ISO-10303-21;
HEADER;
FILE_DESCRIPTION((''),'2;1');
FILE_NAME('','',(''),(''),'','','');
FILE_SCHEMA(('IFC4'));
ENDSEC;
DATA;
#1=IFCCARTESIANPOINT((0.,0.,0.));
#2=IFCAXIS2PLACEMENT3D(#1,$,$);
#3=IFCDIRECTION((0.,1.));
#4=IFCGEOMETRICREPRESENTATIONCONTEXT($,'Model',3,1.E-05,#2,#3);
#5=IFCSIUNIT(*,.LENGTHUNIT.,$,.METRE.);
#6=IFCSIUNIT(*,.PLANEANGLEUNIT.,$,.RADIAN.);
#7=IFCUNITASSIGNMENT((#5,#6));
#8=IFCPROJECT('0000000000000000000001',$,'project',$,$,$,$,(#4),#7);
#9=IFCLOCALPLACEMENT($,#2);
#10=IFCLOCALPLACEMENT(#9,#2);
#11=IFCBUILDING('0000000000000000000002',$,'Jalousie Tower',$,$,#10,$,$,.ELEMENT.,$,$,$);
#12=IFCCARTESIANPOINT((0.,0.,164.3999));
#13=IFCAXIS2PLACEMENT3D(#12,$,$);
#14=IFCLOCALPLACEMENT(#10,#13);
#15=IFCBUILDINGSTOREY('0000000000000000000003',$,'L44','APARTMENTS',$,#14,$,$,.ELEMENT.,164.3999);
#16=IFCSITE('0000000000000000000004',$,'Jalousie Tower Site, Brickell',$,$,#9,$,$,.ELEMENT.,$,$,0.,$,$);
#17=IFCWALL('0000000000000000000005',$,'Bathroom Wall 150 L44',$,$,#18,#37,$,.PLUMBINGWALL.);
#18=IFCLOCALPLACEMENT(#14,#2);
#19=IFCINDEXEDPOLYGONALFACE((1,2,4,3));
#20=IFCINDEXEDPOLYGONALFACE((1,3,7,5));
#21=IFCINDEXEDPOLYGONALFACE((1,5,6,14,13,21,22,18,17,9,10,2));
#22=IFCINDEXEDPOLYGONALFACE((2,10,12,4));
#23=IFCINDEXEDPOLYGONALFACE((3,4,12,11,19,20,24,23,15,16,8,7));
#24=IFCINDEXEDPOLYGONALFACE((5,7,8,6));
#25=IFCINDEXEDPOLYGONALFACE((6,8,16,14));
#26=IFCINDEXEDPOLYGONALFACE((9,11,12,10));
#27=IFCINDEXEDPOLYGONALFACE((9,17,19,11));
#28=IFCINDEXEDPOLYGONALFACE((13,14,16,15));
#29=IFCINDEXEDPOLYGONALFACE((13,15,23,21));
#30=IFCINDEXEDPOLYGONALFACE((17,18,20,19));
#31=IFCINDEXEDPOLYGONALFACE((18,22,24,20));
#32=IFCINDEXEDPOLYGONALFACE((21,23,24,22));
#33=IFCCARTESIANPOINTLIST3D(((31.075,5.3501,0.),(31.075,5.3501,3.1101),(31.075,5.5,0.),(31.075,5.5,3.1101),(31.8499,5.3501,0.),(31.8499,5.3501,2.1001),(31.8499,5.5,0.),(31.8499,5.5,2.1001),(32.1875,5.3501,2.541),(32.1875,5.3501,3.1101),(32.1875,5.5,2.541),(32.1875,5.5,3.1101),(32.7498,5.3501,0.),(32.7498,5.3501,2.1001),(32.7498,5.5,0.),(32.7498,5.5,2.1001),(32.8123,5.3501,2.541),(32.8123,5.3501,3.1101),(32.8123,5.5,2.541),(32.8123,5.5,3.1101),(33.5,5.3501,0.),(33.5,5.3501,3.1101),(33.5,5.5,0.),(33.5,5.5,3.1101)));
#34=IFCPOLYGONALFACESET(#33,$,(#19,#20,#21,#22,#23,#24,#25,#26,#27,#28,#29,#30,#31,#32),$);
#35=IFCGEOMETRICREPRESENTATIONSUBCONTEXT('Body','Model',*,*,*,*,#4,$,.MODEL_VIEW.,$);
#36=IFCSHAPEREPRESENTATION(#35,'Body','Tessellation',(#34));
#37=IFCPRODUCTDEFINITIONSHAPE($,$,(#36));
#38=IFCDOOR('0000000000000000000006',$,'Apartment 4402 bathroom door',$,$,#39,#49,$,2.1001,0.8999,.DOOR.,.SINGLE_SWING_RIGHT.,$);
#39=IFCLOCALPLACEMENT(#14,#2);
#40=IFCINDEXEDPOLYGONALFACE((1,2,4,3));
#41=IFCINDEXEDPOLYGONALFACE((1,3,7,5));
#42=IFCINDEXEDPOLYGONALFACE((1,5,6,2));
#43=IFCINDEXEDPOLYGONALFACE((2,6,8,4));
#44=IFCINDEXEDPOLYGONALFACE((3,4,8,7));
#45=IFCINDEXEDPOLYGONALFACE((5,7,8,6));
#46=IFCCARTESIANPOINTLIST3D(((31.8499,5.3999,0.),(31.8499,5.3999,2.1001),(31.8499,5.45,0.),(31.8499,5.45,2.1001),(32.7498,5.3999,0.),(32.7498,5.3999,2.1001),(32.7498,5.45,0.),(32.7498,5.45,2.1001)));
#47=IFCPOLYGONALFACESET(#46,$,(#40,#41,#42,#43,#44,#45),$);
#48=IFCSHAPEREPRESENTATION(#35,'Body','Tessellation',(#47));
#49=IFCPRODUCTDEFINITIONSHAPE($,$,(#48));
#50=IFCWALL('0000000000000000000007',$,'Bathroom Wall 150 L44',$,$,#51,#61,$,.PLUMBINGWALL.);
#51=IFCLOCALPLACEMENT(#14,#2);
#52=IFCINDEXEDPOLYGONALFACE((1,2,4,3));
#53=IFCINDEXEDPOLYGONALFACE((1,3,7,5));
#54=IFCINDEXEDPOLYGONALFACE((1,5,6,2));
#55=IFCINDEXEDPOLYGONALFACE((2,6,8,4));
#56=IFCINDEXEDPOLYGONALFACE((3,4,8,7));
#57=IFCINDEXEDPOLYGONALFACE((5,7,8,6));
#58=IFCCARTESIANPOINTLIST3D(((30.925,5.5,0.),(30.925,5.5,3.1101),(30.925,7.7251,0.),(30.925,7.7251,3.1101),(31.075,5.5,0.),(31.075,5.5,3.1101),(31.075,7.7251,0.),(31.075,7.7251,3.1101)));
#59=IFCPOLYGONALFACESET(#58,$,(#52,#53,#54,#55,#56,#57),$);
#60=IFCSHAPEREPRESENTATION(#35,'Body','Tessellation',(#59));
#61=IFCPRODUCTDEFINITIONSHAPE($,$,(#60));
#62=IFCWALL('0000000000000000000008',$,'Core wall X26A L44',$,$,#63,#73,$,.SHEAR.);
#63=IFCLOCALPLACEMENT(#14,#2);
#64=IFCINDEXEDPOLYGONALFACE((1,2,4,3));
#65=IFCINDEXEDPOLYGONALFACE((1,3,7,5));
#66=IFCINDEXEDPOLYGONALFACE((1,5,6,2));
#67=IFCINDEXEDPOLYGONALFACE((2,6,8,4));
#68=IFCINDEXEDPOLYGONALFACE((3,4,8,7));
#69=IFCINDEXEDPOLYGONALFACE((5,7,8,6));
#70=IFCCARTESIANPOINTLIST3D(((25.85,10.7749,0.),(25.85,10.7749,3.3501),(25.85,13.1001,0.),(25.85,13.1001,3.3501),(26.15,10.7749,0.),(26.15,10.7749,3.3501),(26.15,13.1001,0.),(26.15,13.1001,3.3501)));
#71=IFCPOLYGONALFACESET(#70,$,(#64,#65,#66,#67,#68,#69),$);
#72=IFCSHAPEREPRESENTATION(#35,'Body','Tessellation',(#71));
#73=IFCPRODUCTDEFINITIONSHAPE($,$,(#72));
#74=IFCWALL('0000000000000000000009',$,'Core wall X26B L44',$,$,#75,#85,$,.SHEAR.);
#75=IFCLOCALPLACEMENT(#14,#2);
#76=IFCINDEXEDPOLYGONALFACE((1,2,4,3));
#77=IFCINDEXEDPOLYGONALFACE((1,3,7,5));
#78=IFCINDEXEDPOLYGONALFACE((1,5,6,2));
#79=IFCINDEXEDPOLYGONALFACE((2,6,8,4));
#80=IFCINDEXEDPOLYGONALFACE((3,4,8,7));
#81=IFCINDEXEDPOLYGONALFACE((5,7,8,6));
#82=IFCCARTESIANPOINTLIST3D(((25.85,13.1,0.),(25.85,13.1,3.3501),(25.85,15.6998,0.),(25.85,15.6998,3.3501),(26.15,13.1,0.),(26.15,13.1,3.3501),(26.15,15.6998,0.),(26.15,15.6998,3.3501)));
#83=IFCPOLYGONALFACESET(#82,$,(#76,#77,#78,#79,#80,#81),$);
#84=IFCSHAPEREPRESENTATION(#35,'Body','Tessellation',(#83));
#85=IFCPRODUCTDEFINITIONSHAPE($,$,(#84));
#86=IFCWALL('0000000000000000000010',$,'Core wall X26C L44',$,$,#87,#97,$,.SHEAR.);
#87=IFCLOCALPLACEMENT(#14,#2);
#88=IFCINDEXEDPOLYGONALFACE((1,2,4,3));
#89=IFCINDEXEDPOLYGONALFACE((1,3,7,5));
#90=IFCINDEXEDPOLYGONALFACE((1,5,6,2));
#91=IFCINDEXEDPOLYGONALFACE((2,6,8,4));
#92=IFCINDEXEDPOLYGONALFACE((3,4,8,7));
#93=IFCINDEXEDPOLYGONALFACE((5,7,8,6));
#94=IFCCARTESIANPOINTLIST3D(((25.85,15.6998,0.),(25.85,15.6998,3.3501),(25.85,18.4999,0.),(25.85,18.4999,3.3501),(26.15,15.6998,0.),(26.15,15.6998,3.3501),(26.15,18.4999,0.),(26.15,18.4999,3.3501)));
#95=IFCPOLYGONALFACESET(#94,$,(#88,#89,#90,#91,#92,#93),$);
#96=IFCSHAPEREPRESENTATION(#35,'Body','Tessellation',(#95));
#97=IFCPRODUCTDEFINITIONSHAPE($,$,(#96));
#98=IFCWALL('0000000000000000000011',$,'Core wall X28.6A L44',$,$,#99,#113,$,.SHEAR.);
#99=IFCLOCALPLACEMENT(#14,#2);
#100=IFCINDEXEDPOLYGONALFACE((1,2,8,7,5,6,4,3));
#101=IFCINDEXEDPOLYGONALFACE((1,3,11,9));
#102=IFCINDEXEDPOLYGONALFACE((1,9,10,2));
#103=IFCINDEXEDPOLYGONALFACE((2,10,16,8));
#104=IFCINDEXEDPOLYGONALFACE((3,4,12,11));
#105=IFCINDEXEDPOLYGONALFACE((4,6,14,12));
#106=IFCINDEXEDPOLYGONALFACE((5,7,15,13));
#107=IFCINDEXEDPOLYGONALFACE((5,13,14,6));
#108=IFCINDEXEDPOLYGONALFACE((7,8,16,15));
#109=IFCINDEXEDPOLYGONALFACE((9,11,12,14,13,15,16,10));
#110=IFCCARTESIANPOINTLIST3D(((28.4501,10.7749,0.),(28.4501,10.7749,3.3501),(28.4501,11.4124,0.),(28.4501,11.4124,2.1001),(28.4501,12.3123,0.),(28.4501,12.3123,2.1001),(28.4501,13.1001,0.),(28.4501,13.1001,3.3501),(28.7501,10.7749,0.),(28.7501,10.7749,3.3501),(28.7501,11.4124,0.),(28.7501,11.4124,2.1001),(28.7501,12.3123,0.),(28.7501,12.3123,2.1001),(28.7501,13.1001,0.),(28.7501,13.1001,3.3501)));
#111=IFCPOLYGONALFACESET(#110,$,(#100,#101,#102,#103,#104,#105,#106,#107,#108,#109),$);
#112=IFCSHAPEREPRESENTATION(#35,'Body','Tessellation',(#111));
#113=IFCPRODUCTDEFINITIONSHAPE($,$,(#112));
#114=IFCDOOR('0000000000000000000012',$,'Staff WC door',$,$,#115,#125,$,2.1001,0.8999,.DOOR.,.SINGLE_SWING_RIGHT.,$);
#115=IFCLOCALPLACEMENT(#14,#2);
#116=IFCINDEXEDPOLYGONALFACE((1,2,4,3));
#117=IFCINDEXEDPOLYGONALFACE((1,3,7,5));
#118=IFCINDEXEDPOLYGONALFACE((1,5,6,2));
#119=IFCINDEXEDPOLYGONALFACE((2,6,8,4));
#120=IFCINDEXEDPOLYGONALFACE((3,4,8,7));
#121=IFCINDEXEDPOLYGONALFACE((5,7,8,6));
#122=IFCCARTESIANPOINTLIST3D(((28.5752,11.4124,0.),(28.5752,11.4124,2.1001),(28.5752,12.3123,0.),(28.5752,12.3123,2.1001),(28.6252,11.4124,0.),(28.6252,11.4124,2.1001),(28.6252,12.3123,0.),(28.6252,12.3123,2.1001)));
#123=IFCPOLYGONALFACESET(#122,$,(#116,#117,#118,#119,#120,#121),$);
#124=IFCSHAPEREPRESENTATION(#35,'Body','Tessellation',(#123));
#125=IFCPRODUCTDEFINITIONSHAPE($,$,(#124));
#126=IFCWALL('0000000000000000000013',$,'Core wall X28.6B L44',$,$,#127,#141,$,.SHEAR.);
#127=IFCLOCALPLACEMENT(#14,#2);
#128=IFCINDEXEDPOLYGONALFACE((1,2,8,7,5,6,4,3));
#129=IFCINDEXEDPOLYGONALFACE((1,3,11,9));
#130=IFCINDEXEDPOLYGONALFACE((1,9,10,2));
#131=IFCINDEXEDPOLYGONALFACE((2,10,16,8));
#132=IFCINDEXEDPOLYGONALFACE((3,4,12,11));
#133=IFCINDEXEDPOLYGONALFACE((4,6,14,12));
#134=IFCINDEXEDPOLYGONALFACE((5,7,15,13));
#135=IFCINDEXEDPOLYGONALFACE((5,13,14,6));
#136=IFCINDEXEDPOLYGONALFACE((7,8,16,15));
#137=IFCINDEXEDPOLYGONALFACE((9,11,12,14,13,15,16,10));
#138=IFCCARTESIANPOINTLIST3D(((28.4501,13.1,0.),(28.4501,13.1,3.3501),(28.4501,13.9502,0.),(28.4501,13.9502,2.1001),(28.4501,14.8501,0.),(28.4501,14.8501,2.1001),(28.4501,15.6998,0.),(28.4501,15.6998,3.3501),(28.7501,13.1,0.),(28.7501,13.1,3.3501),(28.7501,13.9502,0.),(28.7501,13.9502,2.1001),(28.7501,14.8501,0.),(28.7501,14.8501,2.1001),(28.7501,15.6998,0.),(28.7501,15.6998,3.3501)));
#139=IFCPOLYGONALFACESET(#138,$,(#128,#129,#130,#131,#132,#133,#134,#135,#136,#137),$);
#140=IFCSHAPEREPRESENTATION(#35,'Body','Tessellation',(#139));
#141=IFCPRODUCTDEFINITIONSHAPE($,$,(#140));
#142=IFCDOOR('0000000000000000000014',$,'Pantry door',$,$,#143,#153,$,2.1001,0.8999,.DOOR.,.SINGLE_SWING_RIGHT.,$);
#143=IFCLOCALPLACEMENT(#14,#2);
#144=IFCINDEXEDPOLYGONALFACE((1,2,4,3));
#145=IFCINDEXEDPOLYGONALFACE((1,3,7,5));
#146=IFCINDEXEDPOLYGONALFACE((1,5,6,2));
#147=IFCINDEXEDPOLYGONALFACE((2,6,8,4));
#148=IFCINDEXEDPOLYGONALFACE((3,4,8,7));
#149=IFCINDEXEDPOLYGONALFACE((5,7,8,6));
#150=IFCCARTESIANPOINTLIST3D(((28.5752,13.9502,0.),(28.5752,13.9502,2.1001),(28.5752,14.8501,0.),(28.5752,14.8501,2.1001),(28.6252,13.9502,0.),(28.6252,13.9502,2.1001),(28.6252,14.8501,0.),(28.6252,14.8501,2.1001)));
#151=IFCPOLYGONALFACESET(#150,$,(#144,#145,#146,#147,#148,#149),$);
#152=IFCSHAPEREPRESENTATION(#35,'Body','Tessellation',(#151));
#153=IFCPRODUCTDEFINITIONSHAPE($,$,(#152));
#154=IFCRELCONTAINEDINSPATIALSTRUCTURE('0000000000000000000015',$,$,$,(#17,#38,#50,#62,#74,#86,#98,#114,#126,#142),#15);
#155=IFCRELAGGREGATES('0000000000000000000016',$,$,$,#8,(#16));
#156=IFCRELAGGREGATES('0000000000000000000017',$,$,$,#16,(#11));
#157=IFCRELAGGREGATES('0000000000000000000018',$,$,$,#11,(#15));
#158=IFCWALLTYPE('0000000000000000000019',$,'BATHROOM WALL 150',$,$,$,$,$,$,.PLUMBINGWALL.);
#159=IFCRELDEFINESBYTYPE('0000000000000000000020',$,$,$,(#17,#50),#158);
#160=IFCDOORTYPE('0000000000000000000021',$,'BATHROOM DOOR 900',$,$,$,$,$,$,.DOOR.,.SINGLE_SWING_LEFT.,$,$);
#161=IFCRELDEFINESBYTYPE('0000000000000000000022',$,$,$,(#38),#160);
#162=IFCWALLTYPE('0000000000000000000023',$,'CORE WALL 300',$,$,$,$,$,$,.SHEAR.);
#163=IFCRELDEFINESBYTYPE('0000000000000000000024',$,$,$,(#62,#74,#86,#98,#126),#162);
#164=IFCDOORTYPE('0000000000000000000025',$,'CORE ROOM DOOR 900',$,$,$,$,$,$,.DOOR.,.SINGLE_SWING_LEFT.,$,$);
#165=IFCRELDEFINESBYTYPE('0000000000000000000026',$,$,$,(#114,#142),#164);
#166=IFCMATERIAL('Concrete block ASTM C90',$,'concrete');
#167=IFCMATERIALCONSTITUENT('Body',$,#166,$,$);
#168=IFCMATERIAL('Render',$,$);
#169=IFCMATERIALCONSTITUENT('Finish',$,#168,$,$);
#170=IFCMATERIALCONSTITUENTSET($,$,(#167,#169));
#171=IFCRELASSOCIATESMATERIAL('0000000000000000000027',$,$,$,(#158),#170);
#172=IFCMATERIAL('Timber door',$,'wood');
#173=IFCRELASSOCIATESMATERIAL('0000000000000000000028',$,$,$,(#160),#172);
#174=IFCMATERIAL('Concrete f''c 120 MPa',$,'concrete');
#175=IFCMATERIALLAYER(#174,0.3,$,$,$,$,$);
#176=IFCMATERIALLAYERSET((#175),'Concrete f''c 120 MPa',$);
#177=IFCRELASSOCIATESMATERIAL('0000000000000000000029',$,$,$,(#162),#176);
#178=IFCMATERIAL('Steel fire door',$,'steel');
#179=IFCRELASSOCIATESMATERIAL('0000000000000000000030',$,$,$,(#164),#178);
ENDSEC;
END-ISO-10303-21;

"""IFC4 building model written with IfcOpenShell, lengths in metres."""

from ifc_helpers import new_model, si_unit, direction, frame, frame_2d, origin, place, context, subcontext, project, spatial, polyline, rectangle, outline, extrude, material, layer, layer_set, constituent, constituent_set, type_object, element, fill, save


model = new_model("IFC4")

# Units and contexts
model_context = context("Model", 3, precision=1e-05, world=origin(), true_north=direction((0.0, 1.0)))
body_context = subcontext(model_context, "Body", "Model", "MODEL_VIEW")
ifc_project = project(units=[si_unit("LENGTHUNIT", "METRE"), si_unit("PLANEANGLEUNIT", "RADIAN")], contexts=[model_context])

# Site, building, storey
site_placement = place(None, origin())
site = spatial("IfcSite", under=ifc_project, at=site_placement, Name="Jalousie Tower Site, Brickell", CompositionType="ELEMENT", RefElevation=0.0)
building_placement = place(site_placement, origin())
building = spatial("IfcBuilding", under=site, at=building_placement, Name="Jalousie Tower", CompositionType="ELEMENT")
storey_placement = place(building_placement, frame((0.0, 0.0, 164.3999)))
storey = spatial("IfcBuildingStorey", under=building, at=storey_placement, Name="L44", Description="APARTMENTS", CompositionType="ELEMENT", Elevation=164.3999)

# Wall, opening, door
ifc_material_1 = material(Name="Concrete block ASTM C90", Category="concrete")
ifc_constituent_1 = constituent(ifc_material_1, Name="Body")
ifc_material_2 = material(Name="Render")
ifc_constituent_2 = constituent(ifc_material_2, Name="Finish")
ifc_constituent_set_1 = constituent_set(constituents=[ifc_constituent_1, ifc_constituent_2])
wall_type_1 = type_object("IfcWallType", Name="BATHROOM WALL 150", PredefinedType="PLUMBINGWALL", material=ifc_constituent_set_1)
wall_1_placement = place(storey_placement, frame((31.075, 5.425, 0.0), z_axis=(0.0, 0.0, 1.0), x_axis=(1.0, 0.0, 0.0)))
wall_1 = element("IfcWall", 1, at=wall_1_placement, inside=storey, type_object=wall_type_1, Name="Bathroom Wall 150 L44", PredefinedType="PLUMBINGWALL", context=body_context, shape_type="SweptSolid", body=[
    extrude(outline(polyline([(0.0, 0.0), (2.425, 0.0), (2.425, 3.1101), (1.7373, 3.1101), (1.7373, 2.541), (1.1125, 2.541), (1.1125, 3.1101), (0.0, 3.1101), (0.0, 0.0)])), frame((0.0, 0.075, 0.0), z_axis=(0.0, -1.0, 0.0), x_axis=(1.0, 0.0, 0.0)), (0.0, 0.0, 1.0), 0.1499),
])
opening_1_placement = place(wall_1_placement, frame((0.7749, 0.0, 0.0)))
opening_1 = element("IfcOpeningElement", 2, at=opening_1_placement, cuts=wall_1, PredefinedType="OPENING", context=body_context, shape_type="SweptSolid", body=[
    extrude(rectangle(XDim=0.8999, YDim=2.1001, at=frame_2d((0.45, 1.05))), frame((0.0, 0.085, 0.0), z_axis=(0.0, -1.0, 0.0), x_axis=(1.0, 0.0, 0.0)), (0.0, 0.0, 1.0), 0.1699),
])
ifc_material_3 = material(Name="Timber door", Category="wood")
door_type_1 = type_object("IfcDoorType", Name="BATHROOM DOOR 900", OperationType="SINGLE_SWING_LEFT", PredefinedType="DOOR", material=ifc_material_3)
door_1_placement = place(opening_1_placement, origin())
door_1 = element("IfcDoor", 3, at=door_1_placement, inside=storey, type_object=door_type_1, Name="Apartment 4402 bathroom door", OperationType="SINGLE_SWING_RIGHT", OverallHeight=2.1001, OverallWidth=0.8999, PredefinedType="DOOR", context=body_context, shape_type="SweptSolid", body=[
    extrude(rectangle(XDim=0.8999, YDim=2.1001, at=frame_2d((0.45, 1.05))), frame((0.0, 0.0249, 0.0), z_axis=(0.0, -1.0, 0.0), x_axis=(1.0, 0.0, 0.0)), (0.0, 0.0, 1.0), 0.05),
])
fill(opening_1, door_1)

# Walls
wall_2_placement = place(storey_placement, frame((31.0, 5.5, 0.0), z_axis=(0.0, 0.0, 1.0), x_axis=(0.0, 1.0, 0.0)))
element("IfcWall", 4, at=wall_2_placement, inside=storey, type_object=wall_type_1, Name="Bathroom Wall 150 L44", PredefinedType="PLUMBINGWALL", context=body_context, shape_type="SweptSolid", body=[
    extrude(rectangle(XDim=2.2251, YDim=0.1499, at=frame_2d((1.1125, 0.0))), origin(), (0.0, 0.0, 1.0), 3.1101),
])
ifc_material_4 = material(Name="Concrete f'c 120 MPa", Category="concrete")
ifc_layer = layer(ifc_material_4, 0.3)
ifc_layer_set = layer_set([ifc_layer], Name="Concrete f'c 120 MPa")
wall_type_2 = type_object("IfcWallType", Name="CORE WALL 300", PredefinedType="SHEAR", material=ifc_layer_set)
wall_3_placement = place(storey_placement, frame((26.0, 10.7749, 0.0), z_axis=(0.0, 0.0, 1.0), x_axis=(0.0, 1.0, 0.0)))
element("IfcWall", 5, at=wall_3_placement, inside=storey, type_object=wall_type_2, Name="Core wall X26A L44", PredefinedType="SHEAR", context=body_context, shape_type="SweptSolid", body=[
    extrude(rectangle(XDim=2.3252, YDim=0.3, at=frame_2d((1.1626, 0.0))), origin(), (0.0, 0.0, 1.0), 3.3501),
])
wall_4_placement = place(storey_placement, frame((26.0, 13.1001, 0.0), z_axis=(0.0, 0.0, 1.0), x_axis=(0.0, 1.0, 0.0)))
element("IfcWall", 6, at=wall_4_placement, inside=storey, type_object=wall_type_2, Name="Core wall X26B L44", PredefinedType="SHEAR", context=body_context, shape_type="SweptSolid", body=[
    extrude(rectangle(XDim=2.5999, YDim=0.3, at=frame_2d((1.2998, 0.0))), origin(), (0.0, 0.0, 1.0), 3.3501),
])
wall_5_placement = place(storey_placement, frame((26.0, 15.7, 0.0), z_axis=(0.0, 0.0, 1.0), x_axis=(0.0, 1.0, 0.0)))
element("IfcWall", 7, at=wall_5_placement, inside=storey, type_object=wall_type_2, Name="Core wall X26C L44", PredefinedType="SHEAR", context=body_context, shape_type="SweptSolid", body=[
    extrude(rectangle(XDim=2.8, YDim=0.3, at=frame_2d((1.3999, 0.0))), origin(), (0.0, 0.0, 1.0), 3.3501),
])

# Walls, openings, doors
wall_6_placement = place(storey_placement, frame((28.6001, 10.7749, 0.0), z_axis=(0.0, 0.0, 1.0), x_axis=(0.0, 1.0, 0.0)))
wall_6 = element("IfcWall", 8, at=wall_6_placement, inside=storey, type_object=wall_type_2, Name="Core wall X28.6A L44", PredefinedType="SHEAR", context=body_context, shape_type="SweptSolid", body=[
    extrude(rectangle(XDim=2.3252, YDim=0.3, at=frame_2d((1.1626, 0.0))), origin(), (0.0, 0.0, 1.0), 3.3501),
])
opening_2_placement = place(wall_6_placement, frame((0.6375, 0.0, 0.0)))
opening_2 = element("IfcOpeningElement", 9, at=opening_2_placement, cuts=wall_6, PredefinedType="OPENING", context=body_context, shape_type="SweptSolid", body=[
    extrude(rectangle(XDim=0.8999, YDim=2.1001, at=frame_2d((0.45, 1.05))), frame((0.0, 0.1599, 0.0), z_axis=(0.0, -1.0, 0.0), x_axis=(1.0, 0.0, 0.0)), (0.0, 0.0, 1.0), 0.3201),
])
ifc_material_5 = material(Name="Steel fire door", Category="steel")
door_type_2 = type_object("IfcDoorType", Name="CORE ROOM DOOR 900", OperationType="SINGLE_SWING_LEFT", PredefinedType="DOOR", material=ifc_material_5)
door_2_placement = place(opening_2_placement, origin())
door_2 = element("IfcDoor", 10, at=door_2_placement, inside=storey, type_object=door_type_2, Name="Staff WC door", OperationType="SINGLE_SWING_RIGHT", OverallHeight=2.1001, OverallWidth=0.8999, PredefinedType="DOOR", context=body_context, shape_type="SweptSolid", body=[
    extrude(rectangle(XDim=0.8999, YDim=2.1001, at=frame_2d((0.45, 1.05))), frame((0.0, 0.0249, 0.0), z_axis=(0.0, -1.0, 0.0), x_axis=(1.0, 0.0, 0.0)), (0.0, 0.0, 1.0), 0.05),
])
fill(opening_2, door_2)
wall_7_placement = place(storey_placement, frame((28.6001, 13.1001, 0.0), z_axis=(0.0, 0.0, 1.0), x_axis=(0.0, 1.0, 0.0)))
wall_7 = element("IfcWall", 11, at=wall_7_placement, inside=storey, type_object=wall_type_2, Name="Core wall X28.6B L44", PredefinedType="SHEAR", context=body_context, shape_type="SweptSolid", body=[
    extrude(rectangle(XDim=2.5999, YDim=0.3, at=frame_2d((1.2998, 0.0))), origin(), (0.0, 0.0, 1.0), 3.3501),
])
opening_3_placement = place(wall_7_placement, frame((0.8501, 0.0, 0.0)))
opening_3 = element("IfcOpeningElement", 12, at=opening_3_placement, cuts=wall_7, PredefinedType="OPENING", context=body_context, shape_type="SweptSolid", body=[
    extrude(rectangle(XDim=0.8999, YDim=2.1001, at=frame_2d((0.45, 1.05))), frame((0.0, 0.1599, 0.0), z_axis=(0.0, -1.0, 0.0), x_axis=(1.0, 0.0, 0.0)), (0.0, 0.0, 1.0), 0.3201),
])
door_3_placement = place(opening_3_placement, origin())
door_3 = element("IfcDoor", 13, at=door_3_placement, inside=storey, type_object=door_type_2, Name="Pantry door", OperationType="SINGLE_SWING_RIGHT", OverallHeight=2.1001, OverallWidth=0.8999, PredefinedType="DOOR", context=body_context, shape_type="SweptSolid", body=[
    extrude(rectangle(XDim=0.8999, YDim=2.1001, at=frame_2d((0.45, 1.05))), frame((0.0, 0.0249, 0.0), z_axis=(0.0, -1.0, 0.0), x_axis=(1.0, 0.0, 0.0)), (0.0, 0.0, 1.0), 0.05),
])
fill(opening_3, door_3)

save(model, "model.ifc")
